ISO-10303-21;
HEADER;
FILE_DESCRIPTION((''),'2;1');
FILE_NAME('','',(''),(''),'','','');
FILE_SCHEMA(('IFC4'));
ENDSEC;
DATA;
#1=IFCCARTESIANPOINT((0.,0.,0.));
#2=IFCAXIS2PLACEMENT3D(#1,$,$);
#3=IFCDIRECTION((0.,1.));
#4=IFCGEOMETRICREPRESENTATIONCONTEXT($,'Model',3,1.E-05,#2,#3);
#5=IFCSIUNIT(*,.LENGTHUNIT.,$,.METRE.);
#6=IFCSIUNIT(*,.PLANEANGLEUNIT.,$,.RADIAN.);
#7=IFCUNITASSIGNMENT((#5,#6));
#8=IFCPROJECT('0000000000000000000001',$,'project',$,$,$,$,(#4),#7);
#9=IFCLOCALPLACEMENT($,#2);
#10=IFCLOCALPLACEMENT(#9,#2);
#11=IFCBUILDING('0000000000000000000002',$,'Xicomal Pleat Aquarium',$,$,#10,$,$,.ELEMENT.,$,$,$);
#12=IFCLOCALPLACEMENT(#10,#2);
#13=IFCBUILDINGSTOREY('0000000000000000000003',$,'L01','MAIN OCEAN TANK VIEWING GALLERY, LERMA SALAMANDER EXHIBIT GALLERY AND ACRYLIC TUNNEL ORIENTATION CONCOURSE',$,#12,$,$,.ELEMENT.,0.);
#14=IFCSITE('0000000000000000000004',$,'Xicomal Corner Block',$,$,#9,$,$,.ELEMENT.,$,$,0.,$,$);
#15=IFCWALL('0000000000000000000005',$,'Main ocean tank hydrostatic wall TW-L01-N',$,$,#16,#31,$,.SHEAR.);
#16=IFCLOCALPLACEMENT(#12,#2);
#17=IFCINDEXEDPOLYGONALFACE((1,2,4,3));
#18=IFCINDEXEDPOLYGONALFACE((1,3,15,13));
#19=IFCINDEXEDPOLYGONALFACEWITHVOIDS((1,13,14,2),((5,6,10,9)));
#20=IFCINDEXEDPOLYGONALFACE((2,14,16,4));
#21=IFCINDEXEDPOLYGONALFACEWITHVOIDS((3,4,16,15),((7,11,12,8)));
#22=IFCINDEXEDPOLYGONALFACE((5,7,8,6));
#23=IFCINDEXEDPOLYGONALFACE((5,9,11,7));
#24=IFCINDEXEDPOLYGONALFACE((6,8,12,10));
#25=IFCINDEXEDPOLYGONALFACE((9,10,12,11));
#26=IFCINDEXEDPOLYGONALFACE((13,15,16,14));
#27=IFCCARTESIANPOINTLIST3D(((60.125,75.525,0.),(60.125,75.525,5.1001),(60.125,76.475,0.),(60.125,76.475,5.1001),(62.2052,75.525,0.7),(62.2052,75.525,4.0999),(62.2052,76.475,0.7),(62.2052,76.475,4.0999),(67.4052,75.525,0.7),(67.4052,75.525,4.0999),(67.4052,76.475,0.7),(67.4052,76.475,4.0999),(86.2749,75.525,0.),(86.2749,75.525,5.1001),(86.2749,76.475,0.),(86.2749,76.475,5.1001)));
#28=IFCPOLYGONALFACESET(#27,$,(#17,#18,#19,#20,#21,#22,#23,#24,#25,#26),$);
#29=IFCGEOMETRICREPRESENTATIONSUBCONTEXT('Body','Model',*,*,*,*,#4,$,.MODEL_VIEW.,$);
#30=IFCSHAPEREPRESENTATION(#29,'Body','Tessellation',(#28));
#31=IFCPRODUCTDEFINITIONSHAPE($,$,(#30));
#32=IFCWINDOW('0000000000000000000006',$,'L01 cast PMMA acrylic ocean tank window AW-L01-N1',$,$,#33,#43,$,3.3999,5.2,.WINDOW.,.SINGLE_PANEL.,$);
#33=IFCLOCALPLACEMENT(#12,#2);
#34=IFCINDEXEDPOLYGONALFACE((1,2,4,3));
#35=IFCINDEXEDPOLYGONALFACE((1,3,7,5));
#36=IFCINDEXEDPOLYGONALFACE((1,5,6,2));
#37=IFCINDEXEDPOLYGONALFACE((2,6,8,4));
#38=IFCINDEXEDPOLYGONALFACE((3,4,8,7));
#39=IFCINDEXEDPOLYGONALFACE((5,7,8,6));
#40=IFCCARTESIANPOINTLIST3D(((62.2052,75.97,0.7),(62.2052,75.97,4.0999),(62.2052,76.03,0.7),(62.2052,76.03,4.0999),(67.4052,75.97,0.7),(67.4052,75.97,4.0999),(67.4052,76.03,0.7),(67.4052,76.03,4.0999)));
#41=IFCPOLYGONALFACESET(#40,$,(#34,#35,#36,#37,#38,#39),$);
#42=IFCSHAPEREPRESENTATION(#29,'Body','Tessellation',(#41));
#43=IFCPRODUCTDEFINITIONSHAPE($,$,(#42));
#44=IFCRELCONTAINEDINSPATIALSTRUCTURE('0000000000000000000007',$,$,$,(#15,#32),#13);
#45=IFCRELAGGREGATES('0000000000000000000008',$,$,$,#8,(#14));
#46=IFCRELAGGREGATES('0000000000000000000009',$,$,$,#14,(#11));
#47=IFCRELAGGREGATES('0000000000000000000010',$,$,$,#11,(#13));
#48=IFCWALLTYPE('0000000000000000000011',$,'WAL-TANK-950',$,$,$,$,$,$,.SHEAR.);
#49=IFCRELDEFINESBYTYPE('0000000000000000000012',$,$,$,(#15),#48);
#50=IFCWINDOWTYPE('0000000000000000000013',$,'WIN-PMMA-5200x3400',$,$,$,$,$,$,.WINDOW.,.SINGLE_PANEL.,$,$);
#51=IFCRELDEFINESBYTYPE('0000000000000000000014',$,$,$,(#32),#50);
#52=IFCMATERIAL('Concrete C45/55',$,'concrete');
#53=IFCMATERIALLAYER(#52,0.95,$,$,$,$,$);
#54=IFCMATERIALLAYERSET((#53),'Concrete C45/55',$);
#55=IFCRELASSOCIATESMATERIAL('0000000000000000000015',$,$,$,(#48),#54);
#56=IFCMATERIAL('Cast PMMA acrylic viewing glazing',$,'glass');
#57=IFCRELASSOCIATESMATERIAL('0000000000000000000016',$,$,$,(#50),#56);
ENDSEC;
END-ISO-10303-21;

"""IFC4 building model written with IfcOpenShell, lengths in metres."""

from ifc_helpers import new_model, si_unit, direction, frame, frame_2d, origin, place, context, subcontext, project, spatial, rectangle, extrude, material, layer, layer_set, type_object, element, fill, save


model = new_model("IFC4")

# Units and contexts
model_context = context("Model", 3, precision=1e-05, world=origin(), true_north=direction((0.0, 1.0)))
body_context = subcontext(model_context, "Body", "Model", "MODEL_VIEW")
ifc_project = project(units=[si_unit("LENGTHUNIT", "METRE"), si_unit("PLANEANGLEUNIT", "RADIAN")], contexts=[model_context])

# Site, building, storey
site_placement = place(None, origin())
site = spatial("IfcSite", under=ifc_project, at=site_placement, Name="Xicomal Corner Block", CompositionType="ELEMENT", RefElevation=0.0)
building_placement = place(site_placement, origin())
building = spatial("IfcBuilding", under=site, at=building_placement, Name="Xicomal Pleat Aquarium", CompositionType="ELEMENT")
storey_placement = place(building_placement, origin())
storey = spatial("IfcBuildingStorey", under=building, at=storey_placement, Name="L01", Description="MAIN OCEAN TANK VIEWING GALLERY, LERMA SALAMANDER EXHIBIT GALLERY AND ACRYLIC TUNNEL ORIENTATION CONCOURSE", CompositionType="ELEMENT", Elevation=0.0)

# Wall, opening, window
ifc_material_1 = material(Name="Concrete C45/55", Category="concrete")
ifc_layer = layer(ifc_material_1, 0.95)
ifc_layer_set = layer_set([ifc_layer], Name="Concrete C45/55")
wall_type = type_object("IfcWallType", Name="WAL-TANK-950", PredefinedType="SHEAR", material=ifc_layer_set)
wall_placement = place(storey_placement, frame((60.125, 76.0, 0.0), z_axis=(0.0, 0.0, 1.0), x_axis=(1.0, 0.0, 0.0)))
wall = element("IfcWall", 1, at=wall_placement, inside=storey, type_object=wall_type, Name="Main ocean tank hydrostatic wall TW-L01-N", PredefinedType="SHEAR", context=body_context, shape_type="SweptSolid", body=[
    extrude(rectangle(XDim=26.1499, YDim=0.95, at=frame_2d((13.075, 0.0))), origin(), (0.0, 0.0, 1.0), 5.1001),
])
opening_placement = place(wall_placement, frame((2.0801, 0.0, 0.7)))
opening = element("IfcOpeningElement", 2, at=opening_placement, cuts=wall, PredefinedType="OPENING", context=body_context, shape_type="SweptSolid", body=[
    extrude(rectangle(XDim=5.2, YDim=3.3999, at=frame_2d((2.6001, 1.7))), frame((0.0, 0.4849, 0.0), z_axis=(0.0, -1.0, 0.0), x_axis=(1.0, 0.0, 0.0)), (0.0, 0.0, 1.0), 0.97),
])
ifc_material_2 = material(Name="Cast PMMA acrylic viewing glazing", Category="glass")
window_type = type_object("IfcWindowType", Name="WIN-PMMA-5200x3400", PartitioningType="SINGLE_PANEL", PredefinedType="WINDOW", material=ifc_material_2)
window_placement = place(opening_placement, origin())
window = element("IfcWindow", 3, at=window_placement, inside=storey, type_object=window_type, Name="L01 cast PMMA acrylic ocean tank window AW-L01-N1", OverallHeight=3.3999, OverallWidth=5.2, PartitioningType="SINGLE_PANEL", PredefinedType="WINDOW", context=body_context, shape_type="SweptSolid", body=[
    extrude(rectangle(XDim=5.2, YDim=3.3999, at=frame_2d((2.6001, 1.7))), frame((0.0, 0.03, 0.0), z_axis=(0.0, -1.0, 0.0), x_axis=(1.0, 0.0, 0.0)), (0.0, 0.0, 1.0), 0.0601),
])
fill(opening, window)

save(model, "model.ifc")
